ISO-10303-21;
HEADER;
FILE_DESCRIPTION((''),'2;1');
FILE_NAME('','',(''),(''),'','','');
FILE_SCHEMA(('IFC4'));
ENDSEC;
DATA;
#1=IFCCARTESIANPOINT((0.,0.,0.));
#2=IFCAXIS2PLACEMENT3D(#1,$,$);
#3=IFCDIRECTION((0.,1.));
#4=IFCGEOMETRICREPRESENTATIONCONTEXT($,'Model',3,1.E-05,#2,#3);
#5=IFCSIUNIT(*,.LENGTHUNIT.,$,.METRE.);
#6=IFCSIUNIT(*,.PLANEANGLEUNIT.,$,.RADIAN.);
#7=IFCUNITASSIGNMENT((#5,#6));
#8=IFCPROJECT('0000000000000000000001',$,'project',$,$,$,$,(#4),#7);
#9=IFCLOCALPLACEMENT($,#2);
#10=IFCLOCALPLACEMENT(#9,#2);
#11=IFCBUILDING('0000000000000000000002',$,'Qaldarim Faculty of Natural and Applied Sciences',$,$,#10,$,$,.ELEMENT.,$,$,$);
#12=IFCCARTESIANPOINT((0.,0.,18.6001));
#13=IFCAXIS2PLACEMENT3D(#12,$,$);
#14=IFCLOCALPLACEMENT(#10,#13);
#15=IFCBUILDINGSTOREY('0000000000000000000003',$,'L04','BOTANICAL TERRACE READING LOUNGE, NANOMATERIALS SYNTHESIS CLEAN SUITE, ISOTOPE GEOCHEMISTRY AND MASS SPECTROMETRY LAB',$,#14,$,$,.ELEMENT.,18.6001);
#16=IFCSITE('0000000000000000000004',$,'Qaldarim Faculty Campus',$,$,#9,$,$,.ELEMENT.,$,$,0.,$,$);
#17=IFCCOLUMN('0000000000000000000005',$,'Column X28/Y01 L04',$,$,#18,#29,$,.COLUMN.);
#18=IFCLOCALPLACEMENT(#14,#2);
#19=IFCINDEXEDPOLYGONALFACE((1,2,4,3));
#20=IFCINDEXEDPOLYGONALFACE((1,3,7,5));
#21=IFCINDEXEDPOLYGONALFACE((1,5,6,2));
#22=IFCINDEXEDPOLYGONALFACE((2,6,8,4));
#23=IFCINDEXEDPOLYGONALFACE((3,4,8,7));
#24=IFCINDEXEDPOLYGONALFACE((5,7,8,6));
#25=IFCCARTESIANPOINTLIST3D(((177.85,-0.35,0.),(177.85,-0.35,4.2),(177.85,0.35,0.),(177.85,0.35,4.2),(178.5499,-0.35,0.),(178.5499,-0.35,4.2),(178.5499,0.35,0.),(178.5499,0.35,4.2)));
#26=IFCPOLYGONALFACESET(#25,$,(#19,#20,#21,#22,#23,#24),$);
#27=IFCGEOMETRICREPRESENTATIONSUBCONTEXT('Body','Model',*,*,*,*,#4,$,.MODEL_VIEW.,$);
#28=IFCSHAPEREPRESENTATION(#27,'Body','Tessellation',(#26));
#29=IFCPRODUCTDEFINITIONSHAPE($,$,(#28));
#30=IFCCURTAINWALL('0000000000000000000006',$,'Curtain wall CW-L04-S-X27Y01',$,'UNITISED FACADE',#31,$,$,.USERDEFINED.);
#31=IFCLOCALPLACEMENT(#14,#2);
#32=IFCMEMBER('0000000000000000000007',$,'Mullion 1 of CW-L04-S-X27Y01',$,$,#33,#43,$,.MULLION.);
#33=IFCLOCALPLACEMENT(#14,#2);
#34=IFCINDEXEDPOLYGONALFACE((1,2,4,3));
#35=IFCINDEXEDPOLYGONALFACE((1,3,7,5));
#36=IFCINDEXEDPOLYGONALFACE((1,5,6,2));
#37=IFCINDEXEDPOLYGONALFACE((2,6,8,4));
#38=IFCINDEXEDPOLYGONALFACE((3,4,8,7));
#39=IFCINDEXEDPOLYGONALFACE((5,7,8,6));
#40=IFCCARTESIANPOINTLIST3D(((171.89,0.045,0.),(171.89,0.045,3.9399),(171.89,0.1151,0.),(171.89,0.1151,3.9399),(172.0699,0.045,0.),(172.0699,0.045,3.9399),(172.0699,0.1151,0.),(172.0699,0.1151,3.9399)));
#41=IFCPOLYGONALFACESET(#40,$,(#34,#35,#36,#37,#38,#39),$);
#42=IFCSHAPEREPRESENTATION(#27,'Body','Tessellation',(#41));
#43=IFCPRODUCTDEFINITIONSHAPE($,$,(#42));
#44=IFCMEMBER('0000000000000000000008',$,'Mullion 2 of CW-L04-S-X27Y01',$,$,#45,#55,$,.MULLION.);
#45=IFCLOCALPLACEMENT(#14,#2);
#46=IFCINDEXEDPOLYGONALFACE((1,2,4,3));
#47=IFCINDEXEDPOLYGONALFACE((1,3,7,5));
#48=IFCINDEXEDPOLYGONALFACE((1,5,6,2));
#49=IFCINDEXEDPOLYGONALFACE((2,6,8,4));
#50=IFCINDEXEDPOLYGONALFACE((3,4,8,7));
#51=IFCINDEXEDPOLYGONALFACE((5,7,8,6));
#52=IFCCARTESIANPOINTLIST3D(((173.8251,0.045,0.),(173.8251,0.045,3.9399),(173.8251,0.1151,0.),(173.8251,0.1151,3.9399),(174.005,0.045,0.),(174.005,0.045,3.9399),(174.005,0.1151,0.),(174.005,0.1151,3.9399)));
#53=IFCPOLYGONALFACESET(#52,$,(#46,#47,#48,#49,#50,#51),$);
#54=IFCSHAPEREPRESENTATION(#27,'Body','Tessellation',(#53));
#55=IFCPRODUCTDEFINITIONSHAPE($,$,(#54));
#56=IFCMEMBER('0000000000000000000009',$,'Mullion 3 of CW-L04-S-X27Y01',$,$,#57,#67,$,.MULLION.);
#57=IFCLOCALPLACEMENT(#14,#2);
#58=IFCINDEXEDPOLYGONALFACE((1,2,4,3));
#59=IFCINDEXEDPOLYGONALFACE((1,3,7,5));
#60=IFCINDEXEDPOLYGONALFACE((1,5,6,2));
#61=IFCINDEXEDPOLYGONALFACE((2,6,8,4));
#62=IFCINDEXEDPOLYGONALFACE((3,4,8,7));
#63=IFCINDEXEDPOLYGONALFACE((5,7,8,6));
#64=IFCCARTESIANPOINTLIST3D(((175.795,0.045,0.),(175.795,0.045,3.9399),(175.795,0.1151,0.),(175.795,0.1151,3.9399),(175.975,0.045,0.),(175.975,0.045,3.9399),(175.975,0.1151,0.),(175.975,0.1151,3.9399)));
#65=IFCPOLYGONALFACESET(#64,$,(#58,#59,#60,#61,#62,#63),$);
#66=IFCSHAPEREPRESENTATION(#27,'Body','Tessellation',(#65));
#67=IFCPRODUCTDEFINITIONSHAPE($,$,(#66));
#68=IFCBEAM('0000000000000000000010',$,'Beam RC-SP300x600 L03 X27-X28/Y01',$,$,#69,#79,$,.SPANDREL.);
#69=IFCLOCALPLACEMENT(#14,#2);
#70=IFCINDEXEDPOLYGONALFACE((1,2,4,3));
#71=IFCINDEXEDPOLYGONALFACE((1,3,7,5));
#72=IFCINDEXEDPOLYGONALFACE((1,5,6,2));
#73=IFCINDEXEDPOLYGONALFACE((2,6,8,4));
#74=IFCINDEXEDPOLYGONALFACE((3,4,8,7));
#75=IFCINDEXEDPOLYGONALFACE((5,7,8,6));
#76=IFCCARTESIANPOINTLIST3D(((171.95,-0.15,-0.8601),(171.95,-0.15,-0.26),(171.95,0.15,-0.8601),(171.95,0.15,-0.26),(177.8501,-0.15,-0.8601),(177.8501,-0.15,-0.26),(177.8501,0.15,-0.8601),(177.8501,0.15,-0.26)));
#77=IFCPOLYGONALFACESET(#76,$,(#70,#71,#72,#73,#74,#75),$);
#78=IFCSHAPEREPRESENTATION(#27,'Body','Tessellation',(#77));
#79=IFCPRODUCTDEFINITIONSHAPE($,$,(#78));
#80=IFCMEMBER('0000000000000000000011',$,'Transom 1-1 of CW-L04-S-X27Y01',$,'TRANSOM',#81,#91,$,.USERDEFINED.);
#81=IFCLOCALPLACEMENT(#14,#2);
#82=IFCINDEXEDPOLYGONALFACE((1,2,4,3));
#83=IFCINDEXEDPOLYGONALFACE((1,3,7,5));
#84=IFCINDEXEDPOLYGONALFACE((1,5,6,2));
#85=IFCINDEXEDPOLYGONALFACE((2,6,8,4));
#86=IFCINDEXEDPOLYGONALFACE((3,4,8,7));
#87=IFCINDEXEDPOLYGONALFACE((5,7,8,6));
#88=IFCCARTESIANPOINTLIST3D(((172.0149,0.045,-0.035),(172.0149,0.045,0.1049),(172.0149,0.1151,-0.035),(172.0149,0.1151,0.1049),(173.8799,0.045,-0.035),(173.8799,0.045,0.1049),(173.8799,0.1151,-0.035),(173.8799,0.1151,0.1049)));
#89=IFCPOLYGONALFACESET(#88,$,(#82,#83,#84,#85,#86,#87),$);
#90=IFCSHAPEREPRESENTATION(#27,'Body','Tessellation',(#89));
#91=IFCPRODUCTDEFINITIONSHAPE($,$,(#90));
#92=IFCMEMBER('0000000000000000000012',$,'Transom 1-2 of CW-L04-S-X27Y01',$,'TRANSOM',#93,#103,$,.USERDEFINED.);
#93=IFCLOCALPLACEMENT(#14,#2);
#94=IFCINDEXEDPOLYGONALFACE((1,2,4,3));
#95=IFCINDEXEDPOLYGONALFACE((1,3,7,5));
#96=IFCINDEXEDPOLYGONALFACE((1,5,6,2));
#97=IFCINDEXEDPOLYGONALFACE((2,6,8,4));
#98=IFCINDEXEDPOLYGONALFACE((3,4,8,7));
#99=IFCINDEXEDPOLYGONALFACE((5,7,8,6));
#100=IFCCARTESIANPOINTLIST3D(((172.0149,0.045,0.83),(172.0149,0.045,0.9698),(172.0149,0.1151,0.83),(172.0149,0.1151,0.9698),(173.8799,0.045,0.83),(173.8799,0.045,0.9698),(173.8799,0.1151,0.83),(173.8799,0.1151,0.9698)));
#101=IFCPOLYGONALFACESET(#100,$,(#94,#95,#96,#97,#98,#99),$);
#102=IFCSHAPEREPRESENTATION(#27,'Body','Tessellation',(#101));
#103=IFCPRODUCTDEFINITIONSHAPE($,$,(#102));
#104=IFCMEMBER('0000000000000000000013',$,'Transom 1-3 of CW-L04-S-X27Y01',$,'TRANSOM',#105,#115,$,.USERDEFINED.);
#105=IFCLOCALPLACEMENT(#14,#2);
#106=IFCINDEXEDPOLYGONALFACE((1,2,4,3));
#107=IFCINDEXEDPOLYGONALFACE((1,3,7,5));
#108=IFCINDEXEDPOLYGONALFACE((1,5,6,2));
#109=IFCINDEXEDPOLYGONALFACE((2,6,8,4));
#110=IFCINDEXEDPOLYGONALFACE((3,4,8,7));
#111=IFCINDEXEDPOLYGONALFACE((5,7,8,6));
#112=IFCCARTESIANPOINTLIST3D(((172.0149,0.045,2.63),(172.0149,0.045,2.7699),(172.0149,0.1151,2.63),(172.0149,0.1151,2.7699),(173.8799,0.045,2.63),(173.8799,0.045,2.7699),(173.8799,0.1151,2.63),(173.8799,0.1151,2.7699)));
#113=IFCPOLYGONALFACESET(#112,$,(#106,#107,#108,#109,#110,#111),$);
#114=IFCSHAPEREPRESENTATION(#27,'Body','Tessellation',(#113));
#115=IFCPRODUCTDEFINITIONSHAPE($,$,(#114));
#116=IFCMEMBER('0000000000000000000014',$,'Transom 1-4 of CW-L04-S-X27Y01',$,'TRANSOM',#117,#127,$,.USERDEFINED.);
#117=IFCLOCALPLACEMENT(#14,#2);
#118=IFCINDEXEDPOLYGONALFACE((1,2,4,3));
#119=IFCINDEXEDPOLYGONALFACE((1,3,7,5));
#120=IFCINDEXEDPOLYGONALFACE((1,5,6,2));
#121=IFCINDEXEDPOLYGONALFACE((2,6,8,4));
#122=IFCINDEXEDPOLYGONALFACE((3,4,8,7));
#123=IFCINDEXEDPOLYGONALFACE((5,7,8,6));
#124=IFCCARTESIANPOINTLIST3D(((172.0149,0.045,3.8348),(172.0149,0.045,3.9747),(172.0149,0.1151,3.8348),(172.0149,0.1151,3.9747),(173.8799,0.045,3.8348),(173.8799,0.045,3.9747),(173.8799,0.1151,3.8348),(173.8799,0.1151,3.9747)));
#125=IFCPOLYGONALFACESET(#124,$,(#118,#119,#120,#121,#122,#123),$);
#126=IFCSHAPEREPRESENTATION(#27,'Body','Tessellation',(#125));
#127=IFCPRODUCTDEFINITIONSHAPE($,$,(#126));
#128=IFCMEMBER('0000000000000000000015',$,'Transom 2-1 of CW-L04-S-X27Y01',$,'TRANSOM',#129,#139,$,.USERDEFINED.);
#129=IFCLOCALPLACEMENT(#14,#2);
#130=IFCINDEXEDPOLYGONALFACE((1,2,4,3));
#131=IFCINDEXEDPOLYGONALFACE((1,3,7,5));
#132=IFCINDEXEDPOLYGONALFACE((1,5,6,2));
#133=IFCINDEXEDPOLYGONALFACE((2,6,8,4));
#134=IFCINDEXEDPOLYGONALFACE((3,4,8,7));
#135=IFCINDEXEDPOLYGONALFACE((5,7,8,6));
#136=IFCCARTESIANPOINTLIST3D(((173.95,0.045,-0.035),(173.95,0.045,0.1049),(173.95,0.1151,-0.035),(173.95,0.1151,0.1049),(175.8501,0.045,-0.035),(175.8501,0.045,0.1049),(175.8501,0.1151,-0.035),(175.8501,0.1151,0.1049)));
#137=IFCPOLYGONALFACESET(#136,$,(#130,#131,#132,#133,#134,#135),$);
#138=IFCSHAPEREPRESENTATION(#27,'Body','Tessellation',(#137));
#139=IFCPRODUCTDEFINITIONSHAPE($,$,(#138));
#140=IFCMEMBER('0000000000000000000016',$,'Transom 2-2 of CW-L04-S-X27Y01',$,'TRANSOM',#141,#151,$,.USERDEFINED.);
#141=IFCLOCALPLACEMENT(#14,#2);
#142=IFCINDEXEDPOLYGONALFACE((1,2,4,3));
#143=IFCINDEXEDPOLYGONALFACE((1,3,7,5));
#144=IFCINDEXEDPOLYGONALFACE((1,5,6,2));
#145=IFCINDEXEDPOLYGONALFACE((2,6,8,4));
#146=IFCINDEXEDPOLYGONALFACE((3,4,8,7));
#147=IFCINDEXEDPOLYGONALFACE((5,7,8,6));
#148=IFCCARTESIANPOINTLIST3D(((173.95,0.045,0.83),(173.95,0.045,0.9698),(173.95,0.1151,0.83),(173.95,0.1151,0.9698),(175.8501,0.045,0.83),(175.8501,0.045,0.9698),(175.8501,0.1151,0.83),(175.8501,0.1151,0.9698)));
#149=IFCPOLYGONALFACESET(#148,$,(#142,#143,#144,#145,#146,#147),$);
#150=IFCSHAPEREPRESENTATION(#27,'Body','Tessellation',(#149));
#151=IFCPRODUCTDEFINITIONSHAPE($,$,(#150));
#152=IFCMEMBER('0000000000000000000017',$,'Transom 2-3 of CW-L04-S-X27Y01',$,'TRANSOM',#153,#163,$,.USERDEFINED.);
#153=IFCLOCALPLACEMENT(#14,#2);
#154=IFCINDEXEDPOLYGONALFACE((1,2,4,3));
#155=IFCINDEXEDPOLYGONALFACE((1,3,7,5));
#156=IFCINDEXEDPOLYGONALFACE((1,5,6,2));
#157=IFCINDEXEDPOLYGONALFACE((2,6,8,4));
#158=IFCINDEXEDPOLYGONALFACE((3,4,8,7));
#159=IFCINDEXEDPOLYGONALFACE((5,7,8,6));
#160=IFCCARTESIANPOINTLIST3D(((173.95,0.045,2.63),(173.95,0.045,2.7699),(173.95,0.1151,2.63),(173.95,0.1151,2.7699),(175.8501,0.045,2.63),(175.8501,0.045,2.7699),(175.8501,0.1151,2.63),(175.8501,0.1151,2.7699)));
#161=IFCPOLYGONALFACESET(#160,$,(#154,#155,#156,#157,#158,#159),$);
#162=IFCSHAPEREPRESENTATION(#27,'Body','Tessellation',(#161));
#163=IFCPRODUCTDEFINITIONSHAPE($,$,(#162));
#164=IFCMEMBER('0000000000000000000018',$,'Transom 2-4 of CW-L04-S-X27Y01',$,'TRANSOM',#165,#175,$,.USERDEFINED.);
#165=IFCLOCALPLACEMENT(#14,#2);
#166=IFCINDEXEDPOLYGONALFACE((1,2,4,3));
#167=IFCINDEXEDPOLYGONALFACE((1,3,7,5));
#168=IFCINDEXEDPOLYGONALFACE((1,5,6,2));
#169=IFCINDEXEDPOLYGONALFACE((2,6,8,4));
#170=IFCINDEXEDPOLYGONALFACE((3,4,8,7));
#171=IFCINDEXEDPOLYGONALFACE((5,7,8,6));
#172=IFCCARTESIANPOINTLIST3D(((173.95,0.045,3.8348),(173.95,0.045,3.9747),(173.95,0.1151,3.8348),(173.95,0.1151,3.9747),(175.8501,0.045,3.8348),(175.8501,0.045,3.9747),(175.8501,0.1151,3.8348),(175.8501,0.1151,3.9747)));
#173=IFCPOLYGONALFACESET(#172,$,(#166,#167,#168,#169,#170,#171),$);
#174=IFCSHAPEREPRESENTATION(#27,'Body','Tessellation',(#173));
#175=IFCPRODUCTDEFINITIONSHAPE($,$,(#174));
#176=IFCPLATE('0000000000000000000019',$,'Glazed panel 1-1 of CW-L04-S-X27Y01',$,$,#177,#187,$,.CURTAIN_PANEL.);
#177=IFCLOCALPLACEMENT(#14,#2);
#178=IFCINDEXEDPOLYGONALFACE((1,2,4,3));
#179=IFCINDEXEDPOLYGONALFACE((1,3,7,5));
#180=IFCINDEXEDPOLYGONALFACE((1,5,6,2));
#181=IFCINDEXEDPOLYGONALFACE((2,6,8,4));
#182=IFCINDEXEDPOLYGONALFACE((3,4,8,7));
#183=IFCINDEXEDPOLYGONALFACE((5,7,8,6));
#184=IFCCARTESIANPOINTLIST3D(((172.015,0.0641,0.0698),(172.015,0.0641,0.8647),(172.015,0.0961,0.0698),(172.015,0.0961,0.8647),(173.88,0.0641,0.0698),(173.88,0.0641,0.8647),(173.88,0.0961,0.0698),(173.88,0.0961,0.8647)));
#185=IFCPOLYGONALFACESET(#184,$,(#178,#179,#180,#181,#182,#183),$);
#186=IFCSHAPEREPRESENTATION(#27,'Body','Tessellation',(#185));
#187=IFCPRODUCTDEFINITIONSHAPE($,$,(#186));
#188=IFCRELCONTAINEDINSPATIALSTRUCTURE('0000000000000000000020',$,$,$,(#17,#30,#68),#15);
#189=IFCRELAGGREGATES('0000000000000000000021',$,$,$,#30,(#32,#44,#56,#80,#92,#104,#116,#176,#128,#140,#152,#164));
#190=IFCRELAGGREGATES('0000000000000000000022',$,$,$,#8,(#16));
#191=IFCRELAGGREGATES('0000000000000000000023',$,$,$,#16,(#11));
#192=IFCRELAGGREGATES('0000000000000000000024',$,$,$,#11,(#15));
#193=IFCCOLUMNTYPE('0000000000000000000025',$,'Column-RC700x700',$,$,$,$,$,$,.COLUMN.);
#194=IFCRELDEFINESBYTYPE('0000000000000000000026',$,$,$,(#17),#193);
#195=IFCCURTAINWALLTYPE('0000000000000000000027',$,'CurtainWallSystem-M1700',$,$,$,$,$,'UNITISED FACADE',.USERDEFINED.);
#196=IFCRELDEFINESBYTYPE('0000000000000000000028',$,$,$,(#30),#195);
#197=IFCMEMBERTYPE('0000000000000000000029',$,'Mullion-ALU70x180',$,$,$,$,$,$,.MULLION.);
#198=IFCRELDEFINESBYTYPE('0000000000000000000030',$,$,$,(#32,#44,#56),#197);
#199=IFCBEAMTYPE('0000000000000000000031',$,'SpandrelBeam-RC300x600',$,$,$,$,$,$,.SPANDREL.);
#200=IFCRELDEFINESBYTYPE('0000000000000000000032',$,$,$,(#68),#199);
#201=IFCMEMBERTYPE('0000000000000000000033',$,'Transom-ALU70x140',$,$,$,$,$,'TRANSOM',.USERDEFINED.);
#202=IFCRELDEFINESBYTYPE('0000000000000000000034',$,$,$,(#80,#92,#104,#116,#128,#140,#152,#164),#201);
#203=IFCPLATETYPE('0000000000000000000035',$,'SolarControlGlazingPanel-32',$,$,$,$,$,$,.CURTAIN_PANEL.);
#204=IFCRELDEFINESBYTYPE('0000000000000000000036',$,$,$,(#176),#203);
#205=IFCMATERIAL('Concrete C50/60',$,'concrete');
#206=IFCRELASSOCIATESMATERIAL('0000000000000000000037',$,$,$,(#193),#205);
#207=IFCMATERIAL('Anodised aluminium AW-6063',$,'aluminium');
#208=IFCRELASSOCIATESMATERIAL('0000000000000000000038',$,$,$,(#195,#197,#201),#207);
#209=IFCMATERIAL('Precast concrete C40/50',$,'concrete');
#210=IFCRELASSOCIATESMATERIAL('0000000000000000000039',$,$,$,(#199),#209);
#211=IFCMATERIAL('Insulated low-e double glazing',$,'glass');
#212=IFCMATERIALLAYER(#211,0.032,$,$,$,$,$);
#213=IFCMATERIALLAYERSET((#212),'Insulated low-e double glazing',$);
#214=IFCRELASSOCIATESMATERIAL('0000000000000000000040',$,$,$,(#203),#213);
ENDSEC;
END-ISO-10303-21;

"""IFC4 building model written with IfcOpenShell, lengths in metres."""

from ifc_helpers import new_model, si_unit, direction, frame, origin, origin_2d, place, context, subcontext, project, spatial, rectangle, extrude, material, layer, layer_set, material_profile, profile_set, type_object, element, aggregate, save


model = new_model("IFC4")

# Units and contexts
model_context = context("Model", 3, precision=1e-05, world=origin(), true_north=direction((0.0, 1.0)))
body_context = subcontext(model_context, "Body", "Model", "MODEL_VIEW")
ifc_project = project(units=[si_unit("LENGTHUNIT", "METRE"), si_unit("PLANEANGLEUNIT", "RADIAN")], contexts=[model_context])

# Site, building, storey
site_placement = place(None, origin())
site = spatial("IfcSite", under=ifc_project, at=site_placement, Name="Qaldarim Faculty Campus", CompositionType="ELEMENT", RefElevation=0.0)
building_placement = place(site_placement, origin())
building = spatial("IfcBuilding", under=site, at=building_placement, Name="Qaldarim Faculty of Natural and Applied Sciences", CompositionType="ELEMENT")
storey_placement = place(building_placement, frame((0.0, 0.0, 18.6001)))
storey = spatial("IfcBuildingStorey", under=building, at=storey_placement, Name="L04", Description="BOTANICAL TERRACE READING LOUNGE, NANOMATERIALS SYNTHESIS CLEAN SUITE, ISOTOPE GEOCHEMISTRY AND MASS SPECTROMETRY LAB", CompositionType="ELEMENT", Elevation=18.6001)

# Column
ifc_material_1 = material(Name="Concrete C50/60", Category="concrete")
ifc_material_profile_1 = material_profile(ifc_material_1, rectangle(XDim=0.7, YDim=0.7, at=origin_2d()), Name="RC-C700x700")
ifc_profile_set_1 = profile_set([ifc_material_profile_1], Name="Concrete C50/60")
column_type = type_object("IfcColumnType", Name="Column-RC700x700", PredefinedType="COLUMN", material=ifc_profile_set_1)
column_placement = place(storey_placement, frame((178.2, 0.0, 0.0), z_axis=(0.0, 0.0, 1.0), x_axis=(1.0, 0.0, 0.0)))
element("IfcColumn", 1, at=column_placement, inside=storey, type_object=column_type, Name="Column X28/Y01 L04", PredefinedType="COLUMN", context=body_context, shape_type="SweptSolid", body=[
    extrude(rectangle(XDim=0.7, YDim=0.7, at=origin_2d()), origin(), (0.0, 0.0, 1.0), 4.2),
])

# Curtain wall, members
ifc_material_2 = material(Name="Anodised aluminium AW-6063", Category="aluminium")
curtain_wall_type = type_object("IfcCurtainWallType", Name="CurtainWallSystem-M1700", ElementType="UNITISED FACADE", PredefinedType="USERDEFINED", material=ifc_material_2)
curtain_wall_placement = place(storey_placement, origin())
curtain_wall = element("IfcCurtainWall", 2, at=curtain_wall_placement, inside=storey, type_object=curtain_wall_type, Name="Curtain wall CW-L04-S-X27Y01", ObjectType="UNITISED FACADE", PredefinedType="USERDEFINED")
ifc_material_profile_2 = material_profile(ifc_material_2, rectangle(XDim=0.0701, YDim=0.1799, at=origin_2d()), Name="ALU-M70x180")
ifc_profile_set_2 = profile_set([ifc_material_profile_2], Name="Anodised aluminium AW-6063")
member_type_1 = type_object("IfcMemberType", Name="Mullion-ALU70x180", PredefinedType="MULLION", material=ifc_profile_set_2)
member_1_placement = place(storey_placement, frame((171.98, 0.0801, 0.0), z_axis=(0.0, 0.0, 1.0), x_axis=(0.0, 1.0, 0.0)))
member_1 = element("IfcMember", 3, at=member_1_placement, type_object=member_type_1, Name="Mullion 1 of CW-L04-S-X27Y01", PredefinedType="MULLION", context=body_context, shape_type="SweptSolid", body=[
    extrude(rectangle(XDim=0.0701, YDim=0.1799, at=origin_2d()), origin(), (0.0, 0.0, 1.0), 3.9399),
])
member_2_placement = place(storey_placement, frame((173.915, 0.0801, 0.0), z_axis=(0.0, 0.0, 1.0), x_axis=(0.0, 1.0, 0.0)))
member_2 = element("IfcMember", 4, at=member_2_placement, type_object=member_type_1, Name="Mullion 2 of CW-L04-S-X27Y01", PredefinedType="MULLION", context=body_context, shape_type="SweptSolid", body=[
    extrude(rectangle(XDim=0.0701, YDim=0.1799, at=origin_2d()), origin(), (0.0, 0.0, 1.0), 3.9399),
])
member_3_placement = place(storey_placement, frame((175.885, 0.0801, 0.0), z_axis=(0.0, 0.0, 1.0), x_axis=(0.0, 1.0, 0.0)))
member_3 = element("IfcMember", 5, at=member_3_placement, type_object=member_type_1, Name="Mullion 3 of CW-L04-S-X27Y01", PredefinedType="MULLION", context=body_context, shape_type="SweptSolid", body=[
    extrude(rectangle(XDim=0.0701, YDim=0.1799, at=origin_2d()), origin(), (0.0, 0.0, 1.0), 3.9399),
])

# Beam
ifc_material_3 = material(Name="Precast concrete C40/50", Category="concrete")
ifc_material_profile_3 = material_profile(ifc_material_3, rectangle(XDim=0.3, YDim=0.6001, at=origin_2d()), Name="RC-SP300x600")
ifc_profile_set_3 = profile_set([ifc_material_profile_3], Name="Precast concrete C40/50")
beam_type = type_object("IfcBeamType", Name="SpandrelBeam-RC300x600", PredefinedType="SPANDREL", material=ifc_profile_set_3)
beam_placement = place(storey_placement, frame((171.95, 0.0, -0.5601), z_axis=(1.0, 0.0, 0.0), x_axis=(0.0, 1.0, 0.0)))
element("IfcBeam", 6, at=beam_placement, inside=storey, type_object=beam_type, Name="Beam RC-SP300x600 L03 X27-X28/Y01", PredefinedType="SPANDREL", context=body_context, shape_type="SweptSolid", body=[
    extrude(rectangle(XDim=0.3, YDim=0.6001, at=origin_2d()), origin(), (0.0, 0.0, 1.0), 5.9001),
])

# Members
ifc_material_profile_4 = material_profile(ifc_material_2, rectangle(XDim=0.0701, YDim=0.1399, at=origin_2d()), Name="ALU-T70x140")
ifc_profile_set_4 = profile_set([ifc_material_profile_4], Name="Anodised aluminium AW-6063")
member_type_2 = type_object("IfcMemberType", Name="Transom-ALU70x140", ElementType="TRANSOM", PredefinedType="USERDEFINED", material=ifc_profile_set_4)
member_4_placement = place(storey_placement, frame((172.0149, 0.0801, 0.0349), z_axis=(1.0, 0.0, 0.0), x_axis=(0.0, 1.0, 0.0)))
member_4 = element("IfcMember", 7, at=member_4_placement, type_object=member_type_2, Name="Transom 1-1 of CW-L04-S-X27Y01", ObjectType="TRANSOM", PredefinedType="USERDEFINED", context=body_context, shape_type="SweptSolid", body=[
    extrude(rectangle(XDim=0.0701, YDim=0.1399, at=origin_2d()), origin(), (0.0, 0.0, 1.0), 1.865),
])
member_5_placement = place(storey_placement, frame((172.0149, 0.0801, 0.8999), z_axis=(1.0, 0.0, 0.0), x_axis=(0.0, 1.0, 0.0)))
member_5 = element("IfcMember", 8, at=member_5_placement, type_object=member_type_2, Name="Transom 1-2 of CW-L04-S-X27Y01", ObjectType="TRANSOM", PredefinedType="USERDEFINED", context=body_context, shape_type="SweptSolid", body=[
    extrude(rectangle(XDim=0.0701, YDim=0.1399, at=origin_2d()), origin(), (0.0, 0.0, 1.0), 1.865),
])
member_6_placement = place(storey_placement, frame((172.0149, 0.0801, 2.7), z_axis=(1.0, 0.0, 0.0), x_axis=(0.0, 1.0, 0.0)))
member_6 = element("IfcMember", 9, at=member_6_placement, type_object=member_type_2, Name="Transom 1-3 of CW-L04-S-X27Y01", ObjectType="TRANSOM", PredefinedType="USERDEFINED", context=body_context, shape_type="SweptSolid", body=[
    extrude(rectangle(XDim=0.0701, YDim=0.1399, at=origin_2d()), origin(), (0.0, 0.0, 1.0), 1.865),
])
member_7_placement = place(storey_placement, frame((172.0149, 0.0801, 3.9048), z_axis=(1.0, 0.0, 0.0), x_axis=(0.0, 1.0, 0.0)))
member_7 = element("IfcMember", 10, at=member_7_placement, type_object=member_type_2, Name="Transom 1-4 of CW-L04-S-X27Y01", ObjectType="TRANSOM", PredefinedType="USERDEFINED", context=body_context, shape_type="SweptSolid", body=[
    extrude(rectangle(XDim=0.0701, YDim=0.1399, at=origin_2d()), origin(), (0.0, 0.0, 1.0), 1.865),
])
member_8_placement = place(storey_placement, frame((173.95, 0.0801, 0.0349), z_axis=(1.0, 0.0, 0.0), x_axis=(0.0, 1.0, 0.0)))
member_8 = element("IfcMember", 11, at=member_8_placement, type_object=member_type_2, Name="Transom 2-1 of CW-L04-S-X27Y01", ObjectType="TRANSOM", PredefinedType="USERDEFINED", context=body_context, shape_type="SweptSolid", body=[
    extrude(rectangle(XDim=0.0701, YDim=0.1399, at=origin_2d()), origin(), (0.0, 0.0, 1.0), 1.9001),
])
member_9_placement = place(storey_placement, frame((173.95, 0.0801, 0.8999), z_axis=(1.0, 0.0, 0.0), x_axis=(0.0, 1.0, 0.0)))
member_9 = element("IfcMember", 12, at=member_9_placement, type_object=member_type_2, Name="Transom 2-2 of CW-L04-S-X27Y01", ObjectType="TRANSOM", PredefinedType="USERDEFINED", context=body_context, shape_type="SweptSolid", body=[
    extrude(rectangle(XDim=0.0701, YDim=0.1399, at=origin_2d()), origin(), (0.0, 0.0, 1.0), 1.9001),
])
member_10_placement = place(storey_placement, frame((173.95, 0.0801, 2.7), z_axis=(1.0, 0.0, 0.0), x_axis=(0.0, 1.0, 0.0)))
member_10 = element("IfcMember", 13, at=member_10_placement, type_object=member_type_2, Name="Transom 2-3 of CW-L04-S-X27Y01", ObjectType="TRANSOM", PredefinedType="USERDEFINED", context=body_context, shape_type="SweptSolid", body=[
    extrude(rectangle(XDim=0.0701, YDim=0.1399, at=origin_2d()), origin(), (0.0, 0.0, 1.0), 1.9001),
])
member_11_placement = place(storey_placement, frame((173.95, 0.0801, 3.9048), z_axis=(1.0, 0.0, 0.0), x_axis=(0.0, 1.0, 0.0)))
member_11 = element("IfcMember", 14, at=member_11_placement, type_object=member_type_2, Name="Transom 2-4 of CW-L04-S-X27Y01", ObjectType="TRANSOM", PredefinedType="USERDEFINED", context=body_context, shape_type="SweptSolid", body=[
    extrude(rectangle(XDim=0.0701, YDim=0.1399, at=origin_2d()), origin(), (0.0, 0.0, 1.0), 1.9001),
])

# Plate
ifc_material_4 = material(Name="Insulated low-e double glazing", Category="glass")
ifc_layer_1 = layer(ifc_material_4, 0.032)
ifc_layer_set_1 = layer_set([ifc_layer_1], Name="Insulated low-e double glazing")
plate_type = type_object("IfcPlateType", Name="SolarControlGlazingPanel-32", PredefinedType="CURTAIN_PANEL", material=ifc_layer_set_1)
plate_1_placement = place(storey_placement, frame((172.9475, 0.0801, 0.0698), z_axis=(0.0, 0.0, 1.0), x_axis=(1.0, 0.0, 0.0)))
plate_1 = element("IfcPlate", 15, at=plate_1_placement, type_object=plate_type, Name="Glazed panel 1-1 of CW-L04-S-X27Y01", PredefinedType="CURTAIN_PANEL", context=body_context, shape_type="SweptSolid", body=[
    extrude(rectangle(XDim=1.865, YDim=0.032, at=origin_2d()), origin(), (0.0, 0.0, 1.0), 0.7949),
])
aggregate(curtain_wall, [member_1, member_2, member_3, member_4, member_5, member_6, member_7, plate_1, member_8, member_9, member_10, member_11])

save(model, "model.ifc")
